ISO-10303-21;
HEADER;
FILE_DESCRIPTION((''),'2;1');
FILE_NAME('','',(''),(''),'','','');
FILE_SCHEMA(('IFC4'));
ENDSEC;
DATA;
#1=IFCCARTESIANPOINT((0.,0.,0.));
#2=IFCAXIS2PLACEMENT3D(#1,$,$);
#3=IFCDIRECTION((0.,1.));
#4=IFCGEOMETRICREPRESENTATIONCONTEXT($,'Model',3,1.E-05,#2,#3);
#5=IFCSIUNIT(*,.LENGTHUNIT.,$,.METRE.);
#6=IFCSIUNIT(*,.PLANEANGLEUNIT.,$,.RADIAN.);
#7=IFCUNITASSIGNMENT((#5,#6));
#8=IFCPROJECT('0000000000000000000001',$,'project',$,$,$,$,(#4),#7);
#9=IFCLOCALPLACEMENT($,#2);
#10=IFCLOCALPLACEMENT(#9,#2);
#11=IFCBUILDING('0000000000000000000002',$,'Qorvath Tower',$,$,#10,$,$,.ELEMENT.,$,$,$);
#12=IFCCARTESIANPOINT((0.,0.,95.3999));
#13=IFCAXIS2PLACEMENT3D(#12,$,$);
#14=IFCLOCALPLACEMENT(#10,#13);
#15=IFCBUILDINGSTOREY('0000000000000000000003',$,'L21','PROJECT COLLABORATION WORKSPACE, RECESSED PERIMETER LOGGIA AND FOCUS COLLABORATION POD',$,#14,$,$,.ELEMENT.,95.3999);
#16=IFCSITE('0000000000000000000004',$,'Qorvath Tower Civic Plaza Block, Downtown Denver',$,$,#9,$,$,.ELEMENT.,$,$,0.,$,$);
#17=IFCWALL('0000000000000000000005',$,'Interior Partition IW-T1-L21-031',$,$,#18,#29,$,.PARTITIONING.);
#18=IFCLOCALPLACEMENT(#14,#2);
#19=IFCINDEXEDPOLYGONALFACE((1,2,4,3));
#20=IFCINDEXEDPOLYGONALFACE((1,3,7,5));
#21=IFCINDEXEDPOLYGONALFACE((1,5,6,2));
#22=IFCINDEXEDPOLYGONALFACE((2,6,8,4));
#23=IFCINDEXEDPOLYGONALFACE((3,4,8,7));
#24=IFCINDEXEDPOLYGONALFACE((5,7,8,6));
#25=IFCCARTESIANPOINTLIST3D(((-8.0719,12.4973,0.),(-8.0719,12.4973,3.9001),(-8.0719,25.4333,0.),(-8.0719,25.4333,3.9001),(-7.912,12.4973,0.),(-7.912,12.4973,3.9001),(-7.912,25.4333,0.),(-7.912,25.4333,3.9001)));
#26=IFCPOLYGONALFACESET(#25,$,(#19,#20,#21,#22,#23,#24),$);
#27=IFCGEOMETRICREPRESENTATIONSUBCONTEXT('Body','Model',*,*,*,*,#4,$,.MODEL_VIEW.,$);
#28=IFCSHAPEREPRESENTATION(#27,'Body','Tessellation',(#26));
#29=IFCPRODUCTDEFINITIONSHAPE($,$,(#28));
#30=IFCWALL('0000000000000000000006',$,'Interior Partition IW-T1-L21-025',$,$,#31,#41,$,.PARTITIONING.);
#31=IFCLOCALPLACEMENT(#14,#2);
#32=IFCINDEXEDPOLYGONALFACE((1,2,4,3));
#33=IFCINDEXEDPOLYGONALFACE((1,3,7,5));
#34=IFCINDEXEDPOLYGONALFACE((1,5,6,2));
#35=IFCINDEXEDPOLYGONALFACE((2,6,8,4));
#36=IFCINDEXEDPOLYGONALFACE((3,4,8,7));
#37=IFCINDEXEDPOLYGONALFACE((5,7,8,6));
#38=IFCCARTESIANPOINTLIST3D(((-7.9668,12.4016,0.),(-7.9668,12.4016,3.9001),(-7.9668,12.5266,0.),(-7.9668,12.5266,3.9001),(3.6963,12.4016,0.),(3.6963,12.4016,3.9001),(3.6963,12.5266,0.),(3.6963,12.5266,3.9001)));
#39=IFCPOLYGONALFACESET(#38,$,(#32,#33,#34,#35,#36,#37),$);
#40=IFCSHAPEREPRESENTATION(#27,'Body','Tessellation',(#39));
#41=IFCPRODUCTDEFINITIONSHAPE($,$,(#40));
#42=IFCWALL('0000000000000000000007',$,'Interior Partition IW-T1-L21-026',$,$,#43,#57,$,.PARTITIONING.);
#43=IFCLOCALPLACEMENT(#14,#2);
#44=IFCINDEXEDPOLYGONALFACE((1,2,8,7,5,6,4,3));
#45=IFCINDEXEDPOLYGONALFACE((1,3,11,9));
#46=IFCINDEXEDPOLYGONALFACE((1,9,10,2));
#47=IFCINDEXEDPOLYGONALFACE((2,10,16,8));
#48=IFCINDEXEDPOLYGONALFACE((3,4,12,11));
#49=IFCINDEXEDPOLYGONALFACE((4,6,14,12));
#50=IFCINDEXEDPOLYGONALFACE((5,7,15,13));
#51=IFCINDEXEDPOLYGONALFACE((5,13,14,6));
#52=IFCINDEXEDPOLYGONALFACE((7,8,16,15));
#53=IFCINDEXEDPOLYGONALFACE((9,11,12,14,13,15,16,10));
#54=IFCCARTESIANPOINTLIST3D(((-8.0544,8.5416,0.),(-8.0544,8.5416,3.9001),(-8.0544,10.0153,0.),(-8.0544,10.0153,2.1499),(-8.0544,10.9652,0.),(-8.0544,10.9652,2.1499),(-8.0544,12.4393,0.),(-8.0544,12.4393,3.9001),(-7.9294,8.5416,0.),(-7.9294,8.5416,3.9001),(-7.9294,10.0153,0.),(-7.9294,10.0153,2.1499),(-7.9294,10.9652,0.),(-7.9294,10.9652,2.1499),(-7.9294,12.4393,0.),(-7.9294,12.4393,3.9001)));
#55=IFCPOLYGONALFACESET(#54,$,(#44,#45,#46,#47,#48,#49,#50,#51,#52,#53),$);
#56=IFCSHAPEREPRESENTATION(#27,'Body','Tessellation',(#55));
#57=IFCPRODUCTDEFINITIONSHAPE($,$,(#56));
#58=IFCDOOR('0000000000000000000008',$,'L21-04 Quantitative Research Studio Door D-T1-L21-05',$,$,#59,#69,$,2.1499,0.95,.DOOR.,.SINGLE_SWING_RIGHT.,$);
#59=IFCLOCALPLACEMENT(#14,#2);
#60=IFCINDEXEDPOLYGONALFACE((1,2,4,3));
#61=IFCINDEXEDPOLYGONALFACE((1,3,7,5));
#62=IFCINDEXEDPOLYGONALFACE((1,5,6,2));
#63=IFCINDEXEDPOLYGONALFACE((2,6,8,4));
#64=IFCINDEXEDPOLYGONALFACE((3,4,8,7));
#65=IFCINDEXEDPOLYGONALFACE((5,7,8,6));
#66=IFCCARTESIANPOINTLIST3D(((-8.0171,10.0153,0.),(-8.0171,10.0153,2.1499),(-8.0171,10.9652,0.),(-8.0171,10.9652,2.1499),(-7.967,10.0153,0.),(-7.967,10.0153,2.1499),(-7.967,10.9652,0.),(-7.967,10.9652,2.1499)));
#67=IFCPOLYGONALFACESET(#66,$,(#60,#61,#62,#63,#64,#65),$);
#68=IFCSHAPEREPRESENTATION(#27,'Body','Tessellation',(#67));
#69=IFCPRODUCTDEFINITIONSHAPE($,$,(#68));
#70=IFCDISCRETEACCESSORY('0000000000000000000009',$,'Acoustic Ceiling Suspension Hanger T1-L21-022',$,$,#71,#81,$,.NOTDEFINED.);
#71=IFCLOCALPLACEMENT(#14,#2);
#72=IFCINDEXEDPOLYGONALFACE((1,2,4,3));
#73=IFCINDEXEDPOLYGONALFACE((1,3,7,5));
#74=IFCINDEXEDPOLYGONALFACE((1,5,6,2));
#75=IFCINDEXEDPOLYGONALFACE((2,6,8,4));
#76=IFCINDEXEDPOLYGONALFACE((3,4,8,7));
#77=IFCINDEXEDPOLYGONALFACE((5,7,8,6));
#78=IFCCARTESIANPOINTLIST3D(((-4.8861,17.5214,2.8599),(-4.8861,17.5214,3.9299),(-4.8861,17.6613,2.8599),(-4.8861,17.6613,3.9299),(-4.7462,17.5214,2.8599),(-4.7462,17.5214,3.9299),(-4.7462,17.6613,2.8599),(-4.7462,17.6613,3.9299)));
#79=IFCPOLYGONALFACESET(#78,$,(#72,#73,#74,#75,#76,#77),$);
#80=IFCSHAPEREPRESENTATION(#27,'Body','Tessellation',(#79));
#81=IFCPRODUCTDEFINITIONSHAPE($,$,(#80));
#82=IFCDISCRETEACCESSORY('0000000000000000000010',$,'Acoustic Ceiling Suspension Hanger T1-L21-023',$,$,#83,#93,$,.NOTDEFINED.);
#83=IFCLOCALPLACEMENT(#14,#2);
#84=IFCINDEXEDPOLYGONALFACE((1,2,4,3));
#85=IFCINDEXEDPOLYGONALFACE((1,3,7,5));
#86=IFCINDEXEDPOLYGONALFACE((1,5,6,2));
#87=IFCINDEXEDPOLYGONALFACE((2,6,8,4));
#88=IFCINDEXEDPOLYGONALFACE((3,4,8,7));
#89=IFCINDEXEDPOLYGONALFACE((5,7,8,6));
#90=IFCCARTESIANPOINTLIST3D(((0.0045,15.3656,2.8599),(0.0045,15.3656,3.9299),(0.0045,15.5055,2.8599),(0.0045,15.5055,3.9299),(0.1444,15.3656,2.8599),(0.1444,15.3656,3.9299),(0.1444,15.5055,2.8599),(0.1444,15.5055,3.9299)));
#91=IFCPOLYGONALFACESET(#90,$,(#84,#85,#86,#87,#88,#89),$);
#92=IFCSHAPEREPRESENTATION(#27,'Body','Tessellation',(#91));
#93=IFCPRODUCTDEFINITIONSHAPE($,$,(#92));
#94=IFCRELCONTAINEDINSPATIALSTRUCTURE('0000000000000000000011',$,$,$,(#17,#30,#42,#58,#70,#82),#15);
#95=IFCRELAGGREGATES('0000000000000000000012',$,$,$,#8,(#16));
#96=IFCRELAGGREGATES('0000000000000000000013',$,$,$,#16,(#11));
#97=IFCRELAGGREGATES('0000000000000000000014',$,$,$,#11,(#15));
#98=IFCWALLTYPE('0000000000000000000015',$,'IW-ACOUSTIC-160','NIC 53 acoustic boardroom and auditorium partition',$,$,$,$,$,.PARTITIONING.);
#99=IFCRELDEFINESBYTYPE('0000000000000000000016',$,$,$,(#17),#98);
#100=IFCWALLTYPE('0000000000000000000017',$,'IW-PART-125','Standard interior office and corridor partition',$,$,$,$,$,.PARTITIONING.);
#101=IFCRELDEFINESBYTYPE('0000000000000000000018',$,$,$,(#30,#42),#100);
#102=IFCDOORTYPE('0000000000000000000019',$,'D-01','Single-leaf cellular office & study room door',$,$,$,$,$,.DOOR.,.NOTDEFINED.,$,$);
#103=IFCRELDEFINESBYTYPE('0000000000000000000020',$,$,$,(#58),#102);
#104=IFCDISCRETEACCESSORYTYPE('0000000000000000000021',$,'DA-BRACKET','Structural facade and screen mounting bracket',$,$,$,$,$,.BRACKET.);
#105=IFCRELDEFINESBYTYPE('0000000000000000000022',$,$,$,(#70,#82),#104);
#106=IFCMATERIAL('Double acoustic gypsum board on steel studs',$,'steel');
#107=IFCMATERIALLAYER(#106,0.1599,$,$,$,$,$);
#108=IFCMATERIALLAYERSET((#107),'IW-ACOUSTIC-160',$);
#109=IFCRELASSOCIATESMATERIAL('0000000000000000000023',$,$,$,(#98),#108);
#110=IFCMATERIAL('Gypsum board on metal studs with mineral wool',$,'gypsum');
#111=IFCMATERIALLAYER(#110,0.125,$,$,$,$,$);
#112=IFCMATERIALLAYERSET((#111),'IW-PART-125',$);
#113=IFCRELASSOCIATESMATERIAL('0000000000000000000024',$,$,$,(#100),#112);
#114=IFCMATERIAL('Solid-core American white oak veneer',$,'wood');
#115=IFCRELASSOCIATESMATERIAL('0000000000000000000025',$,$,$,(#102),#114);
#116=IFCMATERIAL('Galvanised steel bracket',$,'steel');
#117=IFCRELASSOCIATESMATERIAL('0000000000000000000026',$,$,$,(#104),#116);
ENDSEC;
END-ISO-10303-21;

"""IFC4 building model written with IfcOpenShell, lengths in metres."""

from ifc_helpers import new_model, si_unit, direction, frame, frame_2d, origin, origin_2d, place, context, subcontext, project, spatial, rectangle, extrude, material, layer, layer_set, type_object, element, fill, save


model = new_model("IFC4")

# Units and contexts
model_context = context("Model", 3, precision=1e-05, world=origin(), true_north=direction((0.0, 1.0)))
body_context = subcontext(model_context, "Body", "Model", "MODEL_VIEW")
ifc_project = project(units=[si_unit("LENGTHUNIT", "METRE"), si_unit("PLANEANGLEUNIT", "RADIAN")], contexts=[model_context])

# Site, building, storey
site_placement = place(None, origin())
site = spatial("IfcSite", under=ifc_project, at=site_placement, Name="Qorvath Tower Civic Plaza Block, Downtown Denver", CompositionType="ELEMENT", RefElevation=0.0)
building_placement = place(site_placement, origin())
building = spatial("IfcBuilding", under=site, at=building_placement, Name="Qorvath Tower", CompositionType="ELEMENT")
storey_placement = place(building_placement, frame((0.0, 0.0, 95.3999)))
storey = spatial("IfcBuildingStorey", under=building, at=storey_placement, Name="L21", Description="PROJECT COLLABORATION WORKSPACE, RECESSED PERIMETER LOGGIA AND FOCUS COLLABORATION POD", CompositionType="ELEMENT", Elevation=95.3999)

# Shared definitions
ifc_material_1 = material(Name="Double acoustic gypsum board on steel studs", Category="steel")
ifc_layer_1 = layer(ifc_material_1, 0.1599)
ifc_layer_set_1 = layer_set([ifc_layer_1], Name="IW-ACOUSTIC-160")
wall_type_1 = type_object("IfcWallType", Name="IW-ACOUSTIC-160", Description="NIC 53 acoustic boardroom and auditorium partition", PredefinedType="PARTITIONING", material=ifc_layer_set_1)

# Walls
wall_1_placement = place(storey_placement, frame((-7.9919, 25.4333, 0.0), z_axis=(0.0, 0.0, 1.0), x_axis=(0.0, -1.0, 0.0)))
element("IfcWall", 1, at=wall_1_placement, inside=storey, type_object=wall_type_1, Name="Interior Partition IW-T1-L21-031", PredefinedType="PARTITIONING", context=body_context, shape_type="SweptSolid", body=[
    extrude(rectangle(XDim=12.936, YDim=0.1599, at=frame_2d((6.468, 0.0))), origin(), (0.0, 0.0, 1.0), 3.9001),
])
ifc_material_2 = material(Name="Gypsum board on metal studs with mineral wool", Category="gypsum")
ifc_layer_2 = layer(ifc_material_2, 0.125)
ifc_layer_set_2 = layer_set([ifc_layer_2], Name="IW-PART-125")
wall_type_2 = type_object("IfcWallType", Name="IW-PART-125", Description="Standard interior office and corridor partition", PredefinedType="PARTITIONING", material=ifc_layer_set_2)
wall_2_placement = place(storey_placement, frame((3.6963, 12.4641, 0.0), z_axis=(0.0, 0.0, 1.0), x_axis=(-1.0, 0.0, 0.0)))
element("IfcWall", 2, at=wall_2_placement, inside=storey, type_object=wall_type_2, Name="Interior Partition IW-T1-L21-025", PredefinedType="PARTITIONING", context=body_context, shape_type="SweptSolid", body=[
    extrude(rectangle(XDim=11.6631, YDim=0.125, at=frame_2d((5.8315, 0.0))), origin(), (0.0, 0.0, 1.0), 3.9001),
])

# Wall, opening, door
wall_3_placement = place(storey_placement, frame((-7.9919, 12.4392, 0.0), z_axis=(0.0, 0.0, 1.0), x_axis=(0.0, -1.0, 0.0)))
wall_3 = element("IfcWall", 3, at=wall_3_placement, inside=storey, type_object=wall_type_2, Name="Interior Partition IW-T1-L21-026", PredefinedType="PARTITIONING", context=body_context, shape_type="SweptSolid", body=[
    extrude(rectangle(XDim=3.8977, YDim=0.125, at=frame_2d((1.9487, 0.0))), origin(), (0.0, 0.0, 1.0), 3.9001),
])
opening_1_placement = place(wall_3_placement, frame((1.4739, 0.0, 0.0)))
opening_1 = element("IfcOpeningElement", 4, at=opening_1_placement, cuts=wall_3, PredefinedType="OPENING", context=body_context, shape_type="SweptSolid", body=[
    extrude(rectangle(XDim=0.95, YDim=2.1499, at=frame_2d((0.4751, 1.075))), frame((0.0, 0.0725, 0.0), z_axis=(0.0, -1.0, 0.0), x_axis=(1.0, 0.0, 0.0)), (0.0, 0.0, 1.0), 0.145),
])
ifc_material_3 = material(Name="Solid-core American white oak veneer", Category="wood")
door_type_1 = type_object("IfcDoorType", Name="D-01", Description="Single-leaf cellular office & study room door", OperationType="NOTDEFINED", PredefinedType="DOOR", material=ifc_material_3)
door_1_placement = place(opening_1_placement, origin())
door_1 = element("IfcDoor", 5, at=door_1_placement, inside=storey, type_object=door_type_1, Name="L21-04 Quantitative Research Studio Door D-T1-L21-05", OperationType="SINGLE_SWING_RIGHT", OverallHeight=2.1499, OverallWidth=0.95, PredefinedType="DOOR", context=body_context, shape_type="SweptSolid", body=[
    extrude(rectangle(XDim=0.95, YDim=2.1499, at=frame_2d((0.4751, 1.075))), frame((0.0, 0.0249, 0.0), z_axis=(0.0, -1.0, 0.0), x_axis=(1.0, 0.0, 0.0)), (0.0, 0.0, 1.0), 0.05),
])
fill(opening_1, door_1)

# Discrete accessories
ifc_material_4 = material(Name="Galvanised steel bracket", Category="steel")
discrete_accessory_type = type_object("IfcDiscreteAccessoryType", Name="DA-BRACKET", Description="Structural facade and screen mounting bracket", PredefinedType="BRACKET", material=ifc_material_4)
for number, where, z_axis, x_axis, name in (
    (6, (-4.8162, 17.5913, 2.8599), (0.0, 0.0, 1.0), (1.0, 0.0, 0.0), "Acoustic Ceiling Suspension Hanger T1-L21-022"),
    (7, (0.0745, 15.4355, 2.8599), (0.0, 0.0, 1.0), (1.0, 0.0, 0.0), "Acoustic Ceiling Suspension Hanger T1-L21-023"),
):
    element("IfcDiscreteAccessory", number, at=place(storey_placement, frame(where, z_axis=z_axis, x_axis=x_axis)), inside=storey, type_object=discrete_accessory_type, Name=name, PredefinedType="NOTDEFINED", context=body_context, shape_type="SweptSolid", body=[
        extrude(rectangle(XDim=0.1399, YDim=0.1399, at=origin_2d()), origin(), (0.0, 0.0, 1.0), 1.0701),
    ])

save(model, "model.ifc")
